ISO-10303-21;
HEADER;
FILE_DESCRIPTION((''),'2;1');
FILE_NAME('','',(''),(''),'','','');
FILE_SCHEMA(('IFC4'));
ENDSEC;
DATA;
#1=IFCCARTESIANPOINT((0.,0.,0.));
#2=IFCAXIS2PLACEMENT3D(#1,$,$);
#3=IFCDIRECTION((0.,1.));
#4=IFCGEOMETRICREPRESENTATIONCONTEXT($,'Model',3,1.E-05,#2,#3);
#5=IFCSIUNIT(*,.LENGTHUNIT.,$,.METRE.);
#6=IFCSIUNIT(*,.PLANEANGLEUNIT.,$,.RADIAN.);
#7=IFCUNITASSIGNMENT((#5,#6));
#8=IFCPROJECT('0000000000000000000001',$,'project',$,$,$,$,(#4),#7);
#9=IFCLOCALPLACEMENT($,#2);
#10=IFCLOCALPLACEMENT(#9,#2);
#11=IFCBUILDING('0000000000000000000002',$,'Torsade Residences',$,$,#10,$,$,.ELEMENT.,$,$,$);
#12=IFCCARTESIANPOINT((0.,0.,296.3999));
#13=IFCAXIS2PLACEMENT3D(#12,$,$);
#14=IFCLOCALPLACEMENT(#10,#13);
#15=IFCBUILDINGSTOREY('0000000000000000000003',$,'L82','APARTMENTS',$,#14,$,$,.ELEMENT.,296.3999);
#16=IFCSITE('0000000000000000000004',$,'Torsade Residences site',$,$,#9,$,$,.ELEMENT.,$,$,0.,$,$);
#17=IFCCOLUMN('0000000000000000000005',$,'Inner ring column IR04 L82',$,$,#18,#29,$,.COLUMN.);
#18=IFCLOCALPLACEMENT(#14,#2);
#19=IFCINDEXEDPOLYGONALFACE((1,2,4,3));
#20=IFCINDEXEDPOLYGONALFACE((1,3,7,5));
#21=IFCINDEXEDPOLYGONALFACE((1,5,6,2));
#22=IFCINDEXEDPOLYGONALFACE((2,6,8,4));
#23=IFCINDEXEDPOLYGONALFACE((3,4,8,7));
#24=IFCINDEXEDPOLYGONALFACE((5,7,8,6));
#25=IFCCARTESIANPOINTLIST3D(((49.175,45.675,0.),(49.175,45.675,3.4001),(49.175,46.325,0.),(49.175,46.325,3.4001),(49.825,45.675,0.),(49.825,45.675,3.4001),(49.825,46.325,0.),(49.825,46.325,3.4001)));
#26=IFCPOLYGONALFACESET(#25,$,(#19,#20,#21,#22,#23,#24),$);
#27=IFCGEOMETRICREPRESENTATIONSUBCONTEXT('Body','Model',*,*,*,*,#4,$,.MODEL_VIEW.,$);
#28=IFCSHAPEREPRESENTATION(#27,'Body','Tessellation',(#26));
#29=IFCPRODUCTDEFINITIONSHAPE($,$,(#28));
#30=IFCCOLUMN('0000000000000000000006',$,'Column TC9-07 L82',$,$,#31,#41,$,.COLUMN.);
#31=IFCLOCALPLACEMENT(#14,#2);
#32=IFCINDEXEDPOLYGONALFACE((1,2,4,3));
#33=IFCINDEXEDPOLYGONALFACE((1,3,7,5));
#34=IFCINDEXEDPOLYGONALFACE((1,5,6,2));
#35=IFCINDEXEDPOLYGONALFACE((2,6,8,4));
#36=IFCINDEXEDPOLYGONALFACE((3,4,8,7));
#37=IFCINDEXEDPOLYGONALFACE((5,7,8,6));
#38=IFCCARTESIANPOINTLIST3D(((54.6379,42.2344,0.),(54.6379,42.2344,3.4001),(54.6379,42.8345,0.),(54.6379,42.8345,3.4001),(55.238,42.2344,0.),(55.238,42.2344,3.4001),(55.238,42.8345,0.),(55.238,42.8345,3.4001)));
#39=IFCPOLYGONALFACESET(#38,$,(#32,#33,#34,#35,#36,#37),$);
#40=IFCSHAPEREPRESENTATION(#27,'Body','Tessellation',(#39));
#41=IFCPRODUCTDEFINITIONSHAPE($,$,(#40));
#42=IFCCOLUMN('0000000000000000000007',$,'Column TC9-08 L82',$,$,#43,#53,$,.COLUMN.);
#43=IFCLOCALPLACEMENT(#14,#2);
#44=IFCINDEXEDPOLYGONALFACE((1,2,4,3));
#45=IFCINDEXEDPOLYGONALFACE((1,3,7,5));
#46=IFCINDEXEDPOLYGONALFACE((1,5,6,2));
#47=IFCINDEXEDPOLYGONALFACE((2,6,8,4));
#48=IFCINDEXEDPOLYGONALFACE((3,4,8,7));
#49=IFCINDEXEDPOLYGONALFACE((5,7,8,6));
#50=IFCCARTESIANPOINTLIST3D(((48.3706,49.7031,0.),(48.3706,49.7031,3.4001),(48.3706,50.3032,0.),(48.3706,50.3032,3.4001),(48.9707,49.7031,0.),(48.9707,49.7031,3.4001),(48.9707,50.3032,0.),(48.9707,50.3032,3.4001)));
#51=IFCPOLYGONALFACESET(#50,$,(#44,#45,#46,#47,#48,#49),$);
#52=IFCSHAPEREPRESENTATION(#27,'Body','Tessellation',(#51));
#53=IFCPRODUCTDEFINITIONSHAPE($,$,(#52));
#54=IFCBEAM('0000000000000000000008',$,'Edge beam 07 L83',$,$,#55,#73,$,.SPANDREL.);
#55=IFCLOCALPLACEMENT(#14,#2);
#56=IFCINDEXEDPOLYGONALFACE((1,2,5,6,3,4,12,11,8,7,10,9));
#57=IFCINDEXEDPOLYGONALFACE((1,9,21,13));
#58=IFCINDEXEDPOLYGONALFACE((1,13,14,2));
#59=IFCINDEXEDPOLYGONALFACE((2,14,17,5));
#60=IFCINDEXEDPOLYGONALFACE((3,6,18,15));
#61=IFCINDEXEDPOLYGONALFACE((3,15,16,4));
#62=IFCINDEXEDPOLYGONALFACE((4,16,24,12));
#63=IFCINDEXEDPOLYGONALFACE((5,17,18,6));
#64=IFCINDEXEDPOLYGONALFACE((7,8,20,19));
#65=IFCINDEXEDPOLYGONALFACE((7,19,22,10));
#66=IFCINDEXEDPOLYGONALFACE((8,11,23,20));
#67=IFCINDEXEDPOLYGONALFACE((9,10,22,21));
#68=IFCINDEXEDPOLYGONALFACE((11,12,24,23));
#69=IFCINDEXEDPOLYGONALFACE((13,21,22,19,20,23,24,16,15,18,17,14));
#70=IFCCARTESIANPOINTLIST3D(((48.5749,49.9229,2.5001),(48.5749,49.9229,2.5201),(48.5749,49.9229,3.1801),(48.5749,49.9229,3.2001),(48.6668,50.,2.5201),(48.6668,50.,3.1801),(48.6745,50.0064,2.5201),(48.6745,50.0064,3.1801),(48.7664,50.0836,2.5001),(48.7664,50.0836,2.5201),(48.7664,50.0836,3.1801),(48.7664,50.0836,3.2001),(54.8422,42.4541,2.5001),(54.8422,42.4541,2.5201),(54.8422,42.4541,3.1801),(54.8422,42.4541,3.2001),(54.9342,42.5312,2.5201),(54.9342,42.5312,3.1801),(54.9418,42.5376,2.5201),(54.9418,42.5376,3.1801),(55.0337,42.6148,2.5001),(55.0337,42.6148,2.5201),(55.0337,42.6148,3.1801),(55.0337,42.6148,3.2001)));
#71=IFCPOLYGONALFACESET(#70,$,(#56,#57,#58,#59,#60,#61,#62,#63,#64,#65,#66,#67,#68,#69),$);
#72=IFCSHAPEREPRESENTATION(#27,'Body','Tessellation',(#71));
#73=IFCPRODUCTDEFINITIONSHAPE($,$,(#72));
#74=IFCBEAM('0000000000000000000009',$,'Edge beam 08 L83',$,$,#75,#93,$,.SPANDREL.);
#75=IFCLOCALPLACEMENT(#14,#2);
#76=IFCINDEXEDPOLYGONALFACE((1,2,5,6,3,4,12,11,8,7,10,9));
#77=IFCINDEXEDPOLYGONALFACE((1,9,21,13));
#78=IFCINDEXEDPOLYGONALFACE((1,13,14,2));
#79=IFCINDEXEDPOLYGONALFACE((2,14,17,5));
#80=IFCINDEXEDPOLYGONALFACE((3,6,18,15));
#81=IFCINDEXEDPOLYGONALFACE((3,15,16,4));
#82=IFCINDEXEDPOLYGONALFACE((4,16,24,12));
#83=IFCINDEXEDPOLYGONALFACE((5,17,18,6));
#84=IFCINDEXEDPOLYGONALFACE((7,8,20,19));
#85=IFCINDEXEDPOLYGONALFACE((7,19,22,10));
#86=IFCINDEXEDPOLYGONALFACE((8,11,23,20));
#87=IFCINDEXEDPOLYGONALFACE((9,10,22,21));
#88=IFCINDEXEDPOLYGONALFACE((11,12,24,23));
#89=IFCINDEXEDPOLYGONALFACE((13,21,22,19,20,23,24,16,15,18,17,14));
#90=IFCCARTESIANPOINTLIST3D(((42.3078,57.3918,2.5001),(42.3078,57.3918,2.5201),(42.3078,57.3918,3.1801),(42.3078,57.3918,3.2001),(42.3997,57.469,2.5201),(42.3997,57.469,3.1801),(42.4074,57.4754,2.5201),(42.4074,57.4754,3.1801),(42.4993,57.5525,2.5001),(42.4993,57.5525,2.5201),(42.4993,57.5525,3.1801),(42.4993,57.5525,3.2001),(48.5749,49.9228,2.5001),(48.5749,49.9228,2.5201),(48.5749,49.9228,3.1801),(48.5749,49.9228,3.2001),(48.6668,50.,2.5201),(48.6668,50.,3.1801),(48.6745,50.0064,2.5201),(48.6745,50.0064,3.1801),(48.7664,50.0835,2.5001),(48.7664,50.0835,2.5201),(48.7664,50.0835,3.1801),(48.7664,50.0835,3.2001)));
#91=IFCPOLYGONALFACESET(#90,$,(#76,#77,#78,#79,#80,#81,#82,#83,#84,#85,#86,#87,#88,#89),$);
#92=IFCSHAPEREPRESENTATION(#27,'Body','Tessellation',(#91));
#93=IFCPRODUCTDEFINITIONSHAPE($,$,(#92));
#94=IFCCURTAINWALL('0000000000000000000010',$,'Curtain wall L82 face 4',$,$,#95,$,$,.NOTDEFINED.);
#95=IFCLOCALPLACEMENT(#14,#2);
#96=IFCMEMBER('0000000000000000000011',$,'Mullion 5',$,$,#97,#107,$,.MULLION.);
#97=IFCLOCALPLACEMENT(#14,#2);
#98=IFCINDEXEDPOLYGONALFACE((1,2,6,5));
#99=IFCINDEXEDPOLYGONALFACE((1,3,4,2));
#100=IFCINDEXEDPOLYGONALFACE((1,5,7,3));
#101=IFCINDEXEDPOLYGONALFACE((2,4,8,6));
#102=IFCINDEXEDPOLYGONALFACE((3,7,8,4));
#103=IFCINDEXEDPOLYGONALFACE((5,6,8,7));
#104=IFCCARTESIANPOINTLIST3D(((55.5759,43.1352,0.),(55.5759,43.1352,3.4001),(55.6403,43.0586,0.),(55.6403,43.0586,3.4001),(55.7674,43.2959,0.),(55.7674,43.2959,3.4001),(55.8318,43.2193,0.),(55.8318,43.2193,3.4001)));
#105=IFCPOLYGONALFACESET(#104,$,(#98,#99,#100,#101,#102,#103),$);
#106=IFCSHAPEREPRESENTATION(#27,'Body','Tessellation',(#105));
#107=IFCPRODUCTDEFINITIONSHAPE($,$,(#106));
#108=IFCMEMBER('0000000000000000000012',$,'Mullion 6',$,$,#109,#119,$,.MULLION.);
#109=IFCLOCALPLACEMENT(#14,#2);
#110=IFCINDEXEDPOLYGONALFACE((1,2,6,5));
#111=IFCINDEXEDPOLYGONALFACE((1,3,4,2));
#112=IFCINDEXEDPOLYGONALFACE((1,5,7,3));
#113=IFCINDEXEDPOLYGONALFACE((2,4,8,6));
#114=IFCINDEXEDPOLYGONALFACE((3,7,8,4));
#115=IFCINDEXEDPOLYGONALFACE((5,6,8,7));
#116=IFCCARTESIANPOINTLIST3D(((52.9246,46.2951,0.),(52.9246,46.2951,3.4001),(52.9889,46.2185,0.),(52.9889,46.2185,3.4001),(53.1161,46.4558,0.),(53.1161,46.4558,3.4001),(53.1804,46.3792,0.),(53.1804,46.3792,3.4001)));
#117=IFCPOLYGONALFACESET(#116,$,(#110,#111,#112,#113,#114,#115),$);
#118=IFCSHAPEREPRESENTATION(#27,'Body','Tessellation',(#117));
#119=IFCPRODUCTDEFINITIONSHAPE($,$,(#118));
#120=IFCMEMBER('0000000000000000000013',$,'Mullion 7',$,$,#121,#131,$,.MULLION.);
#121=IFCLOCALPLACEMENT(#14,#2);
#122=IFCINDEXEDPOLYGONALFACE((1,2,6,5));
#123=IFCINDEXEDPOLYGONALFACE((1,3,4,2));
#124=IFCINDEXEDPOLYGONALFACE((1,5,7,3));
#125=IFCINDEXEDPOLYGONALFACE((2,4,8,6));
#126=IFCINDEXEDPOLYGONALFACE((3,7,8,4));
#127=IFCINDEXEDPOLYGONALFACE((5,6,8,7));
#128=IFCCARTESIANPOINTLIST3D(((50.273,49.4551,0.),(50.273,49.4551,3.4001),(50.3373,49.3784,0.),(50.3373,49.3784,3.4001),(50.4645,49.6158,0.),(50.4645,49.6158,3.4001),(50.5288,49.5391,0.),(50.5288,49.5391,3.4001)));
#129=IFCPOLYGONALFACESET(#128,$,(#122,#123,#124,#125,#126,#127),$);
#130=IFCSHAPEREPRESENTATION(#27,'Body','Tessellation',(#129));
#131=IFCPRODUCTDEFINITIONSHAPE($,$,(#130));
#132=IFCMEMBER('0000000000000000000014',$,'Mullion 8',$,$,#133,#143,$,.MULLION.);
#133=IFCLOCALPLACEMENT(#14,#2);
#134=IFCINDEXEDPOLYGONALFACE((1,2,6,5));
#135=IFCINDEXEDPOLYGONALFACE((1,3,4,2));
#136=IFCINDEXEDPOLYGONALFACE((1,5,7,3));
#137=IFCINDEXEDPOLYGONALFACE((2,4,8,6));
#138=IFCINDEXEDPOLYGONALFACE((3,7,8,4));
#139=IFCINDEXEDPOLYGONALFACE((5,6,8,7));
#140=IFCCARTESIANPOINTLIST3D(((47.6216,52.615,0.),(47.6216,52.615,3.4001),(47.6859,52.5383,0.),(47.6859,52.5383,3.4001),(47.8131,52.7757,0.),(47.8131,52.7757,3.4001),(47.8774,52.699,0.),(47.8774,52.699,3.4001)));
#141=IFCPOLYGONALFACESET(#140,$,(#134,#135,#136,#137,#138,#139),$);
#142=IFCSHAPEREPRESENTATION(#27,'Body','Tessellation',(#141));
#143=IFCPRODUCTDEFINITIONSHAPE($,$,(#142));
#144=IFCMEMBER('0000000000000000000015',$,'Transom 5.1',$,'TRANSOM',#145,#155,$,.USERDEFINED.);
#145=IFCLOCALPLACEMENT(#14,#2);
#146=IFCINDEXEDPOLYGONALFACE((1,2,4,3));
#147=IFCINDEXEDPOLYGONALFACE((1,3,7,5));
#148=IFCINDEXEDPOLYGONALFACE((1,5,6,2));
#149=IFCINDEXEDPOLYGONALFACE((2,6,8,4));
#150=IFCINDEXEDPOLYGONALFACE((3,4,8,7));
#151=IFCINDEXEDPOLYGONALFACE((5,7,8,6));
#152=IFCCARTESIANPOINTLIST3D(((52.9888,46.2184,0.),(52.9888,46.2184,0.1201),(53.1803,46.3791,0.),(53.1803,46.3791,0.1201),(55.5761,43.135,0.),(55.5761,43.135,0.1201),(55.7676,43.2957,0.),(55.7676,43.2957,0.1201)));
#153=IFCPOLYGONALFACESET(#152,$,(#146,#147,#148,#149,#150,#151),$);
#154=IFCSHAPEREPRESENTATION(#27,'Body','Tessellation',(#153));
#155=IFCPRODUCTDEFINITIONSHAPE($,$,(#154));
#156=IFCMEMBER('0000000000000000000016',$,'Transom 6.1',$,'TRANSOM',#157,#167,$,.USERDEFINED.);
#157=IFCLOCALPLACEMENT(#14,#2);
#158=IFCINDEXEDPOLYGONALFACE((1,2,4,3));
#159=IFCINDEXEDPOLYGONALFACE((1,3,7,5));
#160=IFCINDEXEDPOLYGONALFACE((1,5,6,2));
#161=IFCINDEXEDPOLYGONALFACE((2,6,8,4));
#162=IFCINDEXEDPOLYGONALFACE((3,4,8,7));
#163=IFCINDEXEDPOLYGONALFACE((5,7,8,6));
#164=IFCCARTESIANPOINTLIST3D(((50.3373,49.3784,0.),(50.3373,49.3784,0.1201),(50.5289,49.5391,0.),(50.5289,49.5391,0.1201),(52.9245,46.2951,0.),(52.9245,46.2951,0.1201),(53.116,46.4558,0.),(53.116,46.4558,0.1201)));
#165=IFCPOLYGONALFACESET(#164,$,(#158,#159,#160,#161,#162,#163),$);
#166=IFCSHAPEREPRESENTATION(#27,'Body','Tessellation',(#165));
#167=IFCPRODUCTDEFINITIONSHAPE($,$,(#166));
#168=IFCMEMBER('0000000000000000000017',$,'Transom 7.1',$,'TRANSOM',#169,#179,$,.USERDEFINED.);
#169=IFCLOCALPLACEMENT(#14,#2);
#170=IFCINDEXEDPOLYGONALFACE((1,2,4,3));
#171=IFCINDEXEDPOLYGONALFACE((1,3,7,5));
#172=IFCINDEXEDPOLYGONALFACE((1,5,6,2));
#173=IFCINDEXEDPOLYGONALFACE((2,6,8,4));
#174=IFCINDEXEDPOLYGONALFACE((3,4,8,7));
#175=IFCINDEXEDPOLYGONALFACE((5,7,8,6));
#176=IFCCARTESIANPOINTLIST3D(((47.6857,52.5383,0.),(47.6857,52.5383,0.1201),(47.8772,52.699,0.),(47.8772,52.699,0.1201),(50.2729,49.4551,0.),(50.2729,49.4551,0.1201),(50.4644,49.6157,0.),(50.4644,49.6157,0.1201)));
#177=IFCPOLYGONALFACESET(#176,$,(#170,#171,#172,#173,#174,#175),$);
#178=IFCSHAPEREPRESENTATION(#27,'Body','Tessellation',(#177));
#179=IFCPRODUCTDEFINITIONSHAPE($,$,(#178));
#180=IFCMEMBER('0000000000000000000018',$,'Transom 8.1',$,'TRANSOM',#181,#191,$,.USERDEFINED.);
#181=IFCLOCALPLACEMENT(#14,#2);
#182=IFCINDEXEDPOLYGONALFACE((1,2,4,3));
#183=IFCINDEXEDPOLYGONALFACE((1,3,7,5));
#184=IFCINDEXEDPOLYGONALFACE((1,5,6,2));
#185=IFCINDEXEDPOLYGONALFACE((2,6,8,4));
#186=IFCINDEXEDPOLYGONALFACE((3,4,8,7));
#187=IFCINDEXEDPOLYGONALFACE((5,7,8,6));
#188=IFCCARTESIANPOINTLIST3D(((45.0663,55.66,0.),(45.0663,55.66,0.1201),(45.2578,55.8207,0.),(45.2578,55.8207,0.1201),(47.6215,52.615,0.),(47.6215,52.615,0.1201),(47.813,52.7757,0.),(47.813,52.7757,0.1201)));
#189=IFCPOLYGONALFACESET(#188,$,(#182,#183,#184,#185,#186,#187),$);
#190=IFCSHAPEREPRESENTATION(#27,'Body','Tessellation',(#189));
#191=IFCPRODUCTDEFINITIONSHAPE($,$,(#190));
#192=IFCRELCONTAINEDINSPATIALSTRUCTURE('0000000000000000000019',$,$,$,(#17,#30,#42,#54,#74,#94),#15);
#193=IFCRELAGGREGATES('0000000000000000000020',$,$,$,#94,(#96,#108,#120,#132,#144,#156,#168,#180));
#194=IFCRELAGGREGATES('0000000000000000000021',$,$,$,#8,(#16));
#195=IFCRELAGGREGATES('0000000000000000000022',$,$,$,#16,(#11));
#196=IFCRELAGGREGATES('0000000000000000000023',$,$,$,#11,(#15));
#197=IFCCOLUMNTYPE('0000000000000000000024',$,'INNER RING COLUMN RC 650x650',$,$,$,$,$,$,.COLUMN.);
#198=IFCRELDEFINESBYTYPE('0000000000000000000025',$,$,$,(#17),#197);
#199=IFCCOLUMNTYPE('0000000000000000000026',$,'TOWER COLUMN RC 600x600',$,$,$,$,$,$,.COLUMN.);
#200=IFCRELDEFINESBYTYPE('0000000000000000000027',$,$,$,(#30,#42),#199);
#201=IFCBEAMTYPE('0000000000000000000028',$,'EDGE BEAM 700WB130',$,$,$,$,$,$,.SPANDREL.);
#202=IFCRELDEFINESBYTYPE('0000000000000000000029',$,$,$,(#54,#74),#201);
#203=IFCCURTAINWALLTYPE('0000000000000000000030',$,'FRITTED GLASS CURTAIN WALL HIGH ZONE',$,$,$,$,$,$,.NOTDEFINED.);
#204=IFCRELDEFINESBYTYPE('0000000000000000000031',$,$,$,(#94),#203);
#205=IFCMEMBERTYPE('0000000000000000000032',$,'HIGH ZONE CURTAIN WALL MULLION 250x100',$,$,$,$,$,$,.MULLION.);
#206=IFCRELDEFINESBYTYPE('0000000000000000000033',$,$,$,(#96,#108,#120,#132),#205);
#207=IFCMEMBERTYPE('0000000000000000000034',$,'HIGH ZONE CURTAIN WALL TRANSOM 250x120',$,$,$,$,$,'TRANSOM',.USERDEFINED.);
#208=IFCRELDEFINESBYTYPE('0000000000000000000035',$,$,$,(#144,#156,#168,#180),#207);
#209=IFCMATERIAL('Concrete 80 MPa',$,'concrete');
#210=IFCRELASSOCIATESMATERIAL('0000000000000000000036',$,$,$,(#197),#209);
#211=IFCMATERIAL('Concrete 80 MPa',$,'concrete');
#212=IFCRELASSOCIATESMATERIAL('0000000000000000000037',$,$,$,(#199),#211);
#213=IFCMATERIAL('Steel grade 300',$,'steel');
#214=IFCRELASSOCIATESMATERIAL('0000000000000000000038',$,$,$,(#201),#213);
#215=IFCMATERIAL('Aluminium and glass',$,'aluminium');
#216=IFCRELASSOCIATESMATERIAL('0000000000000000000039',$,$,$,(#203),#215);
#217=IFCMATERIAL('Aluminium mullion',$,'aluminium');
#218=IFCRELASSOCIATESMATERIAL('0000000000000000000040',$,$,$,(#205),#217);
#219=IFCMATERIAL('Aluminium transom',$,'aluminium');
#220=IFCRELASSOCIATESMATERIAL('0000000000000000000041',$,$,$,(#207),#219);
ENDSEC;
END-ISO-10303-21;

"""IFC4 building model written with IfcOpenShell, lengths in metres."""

from ifc_helpers import new_model, si_unit, direction, frame, origin, origin_2d, place, context, subcontext, project, spatial, rectangle, i_section, extrude, material, material_profile, profile_set, type_object, element, aggregate, save


model = new_model("IFC4")

# Units and contexts
model_context = context("Model", 3, precision=1e-05, world=origin(), true_north=direction((0.0, 1.0)))
body_context = subcontext(model_context, "Body", "Model", "MODEL_VIEW")
ifc_project = project(units=[si_unit("LENGTHUNIT", "METRE"), si_unit("PLANEANGLEUNIT", "RADIAN")], contexts=[model_context])

# Site, building, storey
site_placement = place(None, origin())
site = spatial("IfcSite", under=ifc_project, at=site_placement, Name="Torsade Residences site", CompositionType="ELEMENT", RefElevation=0.0)
building_placement = place(site_placement, origin())
building = spatial("IfcBuilding", under=site, at=building_placement, Name="Torsade Residences", CompositionType="ELEMENT")
storey_placement = place(building_placement, frame((0.0, 0.0, 296.3999)))
storey = spatial("IfcBuildingStorey", under=building, at=storey_placement, Name="L82", Description="APARTMENTS", CompositionType="ELEMENT", Elevation=296.3999)

# Columns
ifc_material_1 = material(Name="Concrete 80 MPa", Category="concrete")
ifc_material_profile_1 = material_profile(ifc_material_1, rectangle(XDim=0.6499, YDim=0.6499, at=origin_2d()), Name="RC 650x650")
ifc_profile_set_1 = profile_set([ifc_material_profile_1], Name="Concrete 80 MPa")
column_type_1 = type_object("IfcColumnType", Name="INNER RING COLUMN RC 650x650", PredefinedType="COLUMN", material=ifc_profile_set_1)
column_placement = place(storey_placement, frame((49.5, 46.0, 0.0), z_axis=(0.0, 0.0, 1.0), x_axis=(1.0, 0.0, 0.0)))
element("IfcColumn", 1, at=column_placement, inside=storey, type_object=column_type_1, Name="Inner ring column IR04 L82", PredefinedType="COLUMN", context=body_context, shape_type="SweptSolid", body=[
    extrude(rectangle(XDim=0.6499, YDim=0.6499, at=origin_2d()), origin(), (0.0, 0.0, 1.0), 3.4001),
])
ifc_material_2 = material(Name="Concrete 80 MPa", Category="concrete")
ifc_material_profile_2 = material_profile(ifc_material_2, rectangle(XDim=0.6001, YDim=0.6001, at=origin_2d()), Name="RC 600x600")
ifc_profile_set_2 = profile_set([ifc_material_profile_2], Name="Concrete 80 MPa")
column_type_2 = type_object("IfcColumnType", Name="TOWER COLUMN RC 600x600", PredefinedType="COLUMN", material=ifc_profile_set_2)
for number, where, z_axis, x_axis, name in (
    (2, (54.938, 42.5344, 0.0), (0.0, 0.0, 1.0), (1.0, 0.0, 0.0), "Column TC9-07 L82"),
    (3, (48.6707, 50.0032, 0.0), (0.0, 0.0, 1.0), (1.0, 0.0, 0.0), "Column TC9-08 L82"),
):
    element("IfcColumn", number, at=place(storey_placement, frame(where, z_axis=z_axis, x_axis=x_axis)), inside=storey, type_object=column_type_2, Name=name, PredefinedType="COLUMN", context=body_context, shape_type="SweptSolid", body=[
        extrude(rectangle(XDim=0.6001, YDim=0.6001, at=origin_2d()), origin(), (0.0, 0.0, 1.0), 3.4001),
    ])

# Beams
ifc_material_3 = material(Name="Steel grade 300", Category="steel")
ifc_material_profile_3 = material_profile(ifc_material_3, i_section(OverallWidth=0.25, OverallDepth=0.7, WebThickness=0.01, FlangeThickness=0.02, at=origin_2d()), Name="700WB130")
ifc_profile_set_3 = profile_set([ifc_material_profile_3], Name="Steel grade 300")
beam_type_1 = type_object("IfcBeamType", Name="EDGE BEAM 700WB130", PredefinedType="SPANDREL", material=ifc_profile_set_3)
for number, where, z_axis, x_axis, name in (
    (4, (54.938, 42.5344, 2.8501), (-0.642806, 0.766029, 0.0), (-0.766029, -0.642806, 0.0), "Edge beam 07 L83"),
    (5, (48.6707, 50.0032, 2.8501), (-0.642779, 0.766052, 0.0), (-0.766052, -0.642779, 0.0), "Edge beam 08 L83"),
):
    element("IfcBeam", number, at=place(storey_placement, frame(where, z_axis=z_axis, x_axis=x_axis)), inside=storey, type_object=beam_type_1, Name=name, PredefinedType="SPANDREL", context=body_context, shape_type="SweptSolid", body=[
        extrude(i_section(OverallWidth=0.25, OverallDepth=0.7, WebThickness=0.01, FlangeThickness=0.02, at=origin_2d()), origin(), (0.0, 0.0, 1.0), 9.75),
    ])

# Curtain wall, members
ifc_material_4 = material(Name="Aluminium and glass", Category="aluminium")
curtain_wall_type = type_object("IfcCurtainWallType", Name="FRITTED GLASS CURTAIN WALL HIGH ZONE", PredefinedType="NOTDEFINED", material=ifc_material_4)
curtain_wall_placement = place(storey_placement, origin())
curtain_wall = element("IfcCurtainWall", 6, at=curtain_wall_placement, inside=storey, type_object=curtain_wall_type, Name="Curtain wall L82 face 4", PredefinedType="NOTDEFINED")
ifc_material_5 = material(Name="Aluminium mullion", Category="aluminium")
ifc_material_profile_4 = material_profile(ifc_material_5, rectangle(XDim=0.25, YDim=0.1001, at=origin_2d()), Name="HIGH ZONE CURTAIN WALL MULLION 250x100")
ifc_profile_set_4 = profile_set([ifc_material_profile_4], Name="Aluminium mullion")
member_type_1 = type_object("IfcMemberType", Name="HIGH ZONE CURTAIN WALL MULLION 250x100", PredefinedType="MULLION", material=ifc_profile_set_4)
member_1_placement = place(storey_placement, frame((55.7039, 43.1772, 0.0), z_axis=(0.0, 0.0, 1.0), x_axis=(-0.766044, -0.642788, 0.0)))
member_1 = element("IfcMember", 7, at=member_1_placement, type_object=member_type_1, Name="Mullion 5", PredefinedType="MULLION", context=body_context, shape_type="SweptSolid", body=[
    extrude(rectangle(XDim=0.25, YDim=0.1001, at=origin_2d()), origin(), (0.0, 0.0, 1.0), 3.4001),
])
member_2_placement = place(storey_placement, frame((53.0525, 46.3372, 0.0), z_axis=(0.0, 0.0, 1.0), x_axis=(-0.766044, -0.642788, 0.0)))
member_2 = element("IfcMember", 8, at=member_2_placement, type_object=member_type_1, Name="Mullion 6", PredefinedType="MULLION", context=body_context, shape_type="SweptSolid", body=[
    extrude(rectangle(XDim=0.25, YDim=0.1001, at=origin_2d()), origin(), (0.0, 0.0, 1.0), 3.4001),
])
member_3_placement = place(storey_placement, frame((50.4009, 49.4971, 0.0), z_axis=(0.0, 0.0, 1.0), x_axis=(-0.766044, -0.642788, 0.0)))
member_3 = element("IfcMember", 9, at=member_3_placement, type_object=member_type_1, Name="Mullion 7", PredefinedType="MULLION", context=body_context, shape_type="SweptSolid", body=[
    extrude(rectangle(XDim=0.25, YDim=0.1001, at=origin_2d()), origin(), (0.0, 0.0, 1.0), 3.4001),
])
member_4_placement = place(storey_placement, frame((47.7495, 52.657, 0.0), z_axis=(0.0, 0.0, 1.0), x_axis=(-0.766044, -0.642788, 0.0)))
member_4 = element("IfcMember", 10, at=member_4_placement, type_object=member_type_1, Name="Mullion 8", PredefinedType="MULLION", context=body_context, shape_type="SweptSolid", body=[
    extrude(rectangle(XDim=0.25, YDim=0.1001, at=origin_2d()), origin(), (0.0, 0.0, 1.0), 3.4001),
])
ifc_material_6 = material(Name="Aluminium transom", Category="aluminium")
ifc_material_profile_5 = material_profile(ifc_material_6, rectangle(XDim=0.25, YDim=0.1201, at=origin_2d()), Name="HIGH ZONE CURTAIN WALL TRANSOM 250x120")
ifc_profile_set_5 = profile_set([ifc_material_profile_5], Name="Aluminium transom")
member_type_2 = type_object("IfcMemberType", Name="HIGH ZONE CURTAIN WALL TRANSOM 250x120", ElementType="TRANSOM", PredefinedType="USERDEFINED", material=ifc_profile_set_5)
member_5_placement = place(storey_placement, frame((55.6719, 43.2153, 0.0601), z_axis=(-0.642794, 0.766039, 0.0), x_axis=(-0.766039, -0.642794, 0.0)))
member_5 = element("IfcMember", 11, at=member_5_placement, type_object=member_type_2, Name="Transom 5.1", ObjectType="TRANSOM", PredefinedType="USERDEFINED", context=body_context, shape_type="SweptSolid", body=[
    extrude(rectangle(XDim=0.25, YDim=0.1201, at=origin_2d()), origin(), (0.0, 0.0, 1.0), 4.0251),
])
member_6_placement = place(storey_placement, frame((53.0203, 46.3755, 0.0601), z_axis=(-0.642788, 0.766044, 0.0), x_axis=(-0.766044, -0.642788, 0.0)))
member_6 = element("IfcMember", 12, at=member_6_placement, type_object=member_type_2, Name="Transom 6.1", ObjectType="TRANSOM", PredefinedType="USERDEFINED", context=body_context, shape_type="SweptSolid", body=[
    extrude(rectangle(XDim=0.25, YDim=0.1201, at=origin_2d()), origin(), (0.0, 0.0, 1.0), 4.0249),
])
member_7_placement = place(storey_placement, frame((50.3687, 49.5354, 0.0601), z_axis=(-0.642788, 0.766044, 0.0), x_axis=(-0.766044, -0.642788, 0.0)))
member_7 = element("IfcMember", 13, at=member_7_placement, type_object=member_type_2, Name="Transom 7.1", ObjectType="TRANSOM", PredefinedType="USERDEFINED", context=body_context, shape_type="SweptSolid", body=[
    extrude(rectangle(XDim=0.25, YDim=0.1201, at=origin_2d()), origin(), (0.0, 0.0, 1.0), 4.0249),
])
member_8_placement = place(storey_placement, frame((47.7173, 52.6953, 0.0601), z_axis=(-0.642815, 0.766022, 0.0), x_axis=(-0.766022, -0.642815, 0.0)))
member_8 = element("IfcMember", 14, at=member_8_placement, type_object=member_type_2, Name="Transom 8.1", ObjectType="TRANSOM", PredefinedType="USERDEFINED", context=body_context, shape_type="SweptSolid", body=[
    extrude(rectangle(XDim=0.25, YDim=0.1201, at=origin_2d()), origin(), (0.0, 0.0, 1.0), 3.9751),
])

aggregate(curtain_wall, [member_1, member_2, member_3, member_4, member_5, member_6, member_7, member_8])

save(model, "model.ifc")
